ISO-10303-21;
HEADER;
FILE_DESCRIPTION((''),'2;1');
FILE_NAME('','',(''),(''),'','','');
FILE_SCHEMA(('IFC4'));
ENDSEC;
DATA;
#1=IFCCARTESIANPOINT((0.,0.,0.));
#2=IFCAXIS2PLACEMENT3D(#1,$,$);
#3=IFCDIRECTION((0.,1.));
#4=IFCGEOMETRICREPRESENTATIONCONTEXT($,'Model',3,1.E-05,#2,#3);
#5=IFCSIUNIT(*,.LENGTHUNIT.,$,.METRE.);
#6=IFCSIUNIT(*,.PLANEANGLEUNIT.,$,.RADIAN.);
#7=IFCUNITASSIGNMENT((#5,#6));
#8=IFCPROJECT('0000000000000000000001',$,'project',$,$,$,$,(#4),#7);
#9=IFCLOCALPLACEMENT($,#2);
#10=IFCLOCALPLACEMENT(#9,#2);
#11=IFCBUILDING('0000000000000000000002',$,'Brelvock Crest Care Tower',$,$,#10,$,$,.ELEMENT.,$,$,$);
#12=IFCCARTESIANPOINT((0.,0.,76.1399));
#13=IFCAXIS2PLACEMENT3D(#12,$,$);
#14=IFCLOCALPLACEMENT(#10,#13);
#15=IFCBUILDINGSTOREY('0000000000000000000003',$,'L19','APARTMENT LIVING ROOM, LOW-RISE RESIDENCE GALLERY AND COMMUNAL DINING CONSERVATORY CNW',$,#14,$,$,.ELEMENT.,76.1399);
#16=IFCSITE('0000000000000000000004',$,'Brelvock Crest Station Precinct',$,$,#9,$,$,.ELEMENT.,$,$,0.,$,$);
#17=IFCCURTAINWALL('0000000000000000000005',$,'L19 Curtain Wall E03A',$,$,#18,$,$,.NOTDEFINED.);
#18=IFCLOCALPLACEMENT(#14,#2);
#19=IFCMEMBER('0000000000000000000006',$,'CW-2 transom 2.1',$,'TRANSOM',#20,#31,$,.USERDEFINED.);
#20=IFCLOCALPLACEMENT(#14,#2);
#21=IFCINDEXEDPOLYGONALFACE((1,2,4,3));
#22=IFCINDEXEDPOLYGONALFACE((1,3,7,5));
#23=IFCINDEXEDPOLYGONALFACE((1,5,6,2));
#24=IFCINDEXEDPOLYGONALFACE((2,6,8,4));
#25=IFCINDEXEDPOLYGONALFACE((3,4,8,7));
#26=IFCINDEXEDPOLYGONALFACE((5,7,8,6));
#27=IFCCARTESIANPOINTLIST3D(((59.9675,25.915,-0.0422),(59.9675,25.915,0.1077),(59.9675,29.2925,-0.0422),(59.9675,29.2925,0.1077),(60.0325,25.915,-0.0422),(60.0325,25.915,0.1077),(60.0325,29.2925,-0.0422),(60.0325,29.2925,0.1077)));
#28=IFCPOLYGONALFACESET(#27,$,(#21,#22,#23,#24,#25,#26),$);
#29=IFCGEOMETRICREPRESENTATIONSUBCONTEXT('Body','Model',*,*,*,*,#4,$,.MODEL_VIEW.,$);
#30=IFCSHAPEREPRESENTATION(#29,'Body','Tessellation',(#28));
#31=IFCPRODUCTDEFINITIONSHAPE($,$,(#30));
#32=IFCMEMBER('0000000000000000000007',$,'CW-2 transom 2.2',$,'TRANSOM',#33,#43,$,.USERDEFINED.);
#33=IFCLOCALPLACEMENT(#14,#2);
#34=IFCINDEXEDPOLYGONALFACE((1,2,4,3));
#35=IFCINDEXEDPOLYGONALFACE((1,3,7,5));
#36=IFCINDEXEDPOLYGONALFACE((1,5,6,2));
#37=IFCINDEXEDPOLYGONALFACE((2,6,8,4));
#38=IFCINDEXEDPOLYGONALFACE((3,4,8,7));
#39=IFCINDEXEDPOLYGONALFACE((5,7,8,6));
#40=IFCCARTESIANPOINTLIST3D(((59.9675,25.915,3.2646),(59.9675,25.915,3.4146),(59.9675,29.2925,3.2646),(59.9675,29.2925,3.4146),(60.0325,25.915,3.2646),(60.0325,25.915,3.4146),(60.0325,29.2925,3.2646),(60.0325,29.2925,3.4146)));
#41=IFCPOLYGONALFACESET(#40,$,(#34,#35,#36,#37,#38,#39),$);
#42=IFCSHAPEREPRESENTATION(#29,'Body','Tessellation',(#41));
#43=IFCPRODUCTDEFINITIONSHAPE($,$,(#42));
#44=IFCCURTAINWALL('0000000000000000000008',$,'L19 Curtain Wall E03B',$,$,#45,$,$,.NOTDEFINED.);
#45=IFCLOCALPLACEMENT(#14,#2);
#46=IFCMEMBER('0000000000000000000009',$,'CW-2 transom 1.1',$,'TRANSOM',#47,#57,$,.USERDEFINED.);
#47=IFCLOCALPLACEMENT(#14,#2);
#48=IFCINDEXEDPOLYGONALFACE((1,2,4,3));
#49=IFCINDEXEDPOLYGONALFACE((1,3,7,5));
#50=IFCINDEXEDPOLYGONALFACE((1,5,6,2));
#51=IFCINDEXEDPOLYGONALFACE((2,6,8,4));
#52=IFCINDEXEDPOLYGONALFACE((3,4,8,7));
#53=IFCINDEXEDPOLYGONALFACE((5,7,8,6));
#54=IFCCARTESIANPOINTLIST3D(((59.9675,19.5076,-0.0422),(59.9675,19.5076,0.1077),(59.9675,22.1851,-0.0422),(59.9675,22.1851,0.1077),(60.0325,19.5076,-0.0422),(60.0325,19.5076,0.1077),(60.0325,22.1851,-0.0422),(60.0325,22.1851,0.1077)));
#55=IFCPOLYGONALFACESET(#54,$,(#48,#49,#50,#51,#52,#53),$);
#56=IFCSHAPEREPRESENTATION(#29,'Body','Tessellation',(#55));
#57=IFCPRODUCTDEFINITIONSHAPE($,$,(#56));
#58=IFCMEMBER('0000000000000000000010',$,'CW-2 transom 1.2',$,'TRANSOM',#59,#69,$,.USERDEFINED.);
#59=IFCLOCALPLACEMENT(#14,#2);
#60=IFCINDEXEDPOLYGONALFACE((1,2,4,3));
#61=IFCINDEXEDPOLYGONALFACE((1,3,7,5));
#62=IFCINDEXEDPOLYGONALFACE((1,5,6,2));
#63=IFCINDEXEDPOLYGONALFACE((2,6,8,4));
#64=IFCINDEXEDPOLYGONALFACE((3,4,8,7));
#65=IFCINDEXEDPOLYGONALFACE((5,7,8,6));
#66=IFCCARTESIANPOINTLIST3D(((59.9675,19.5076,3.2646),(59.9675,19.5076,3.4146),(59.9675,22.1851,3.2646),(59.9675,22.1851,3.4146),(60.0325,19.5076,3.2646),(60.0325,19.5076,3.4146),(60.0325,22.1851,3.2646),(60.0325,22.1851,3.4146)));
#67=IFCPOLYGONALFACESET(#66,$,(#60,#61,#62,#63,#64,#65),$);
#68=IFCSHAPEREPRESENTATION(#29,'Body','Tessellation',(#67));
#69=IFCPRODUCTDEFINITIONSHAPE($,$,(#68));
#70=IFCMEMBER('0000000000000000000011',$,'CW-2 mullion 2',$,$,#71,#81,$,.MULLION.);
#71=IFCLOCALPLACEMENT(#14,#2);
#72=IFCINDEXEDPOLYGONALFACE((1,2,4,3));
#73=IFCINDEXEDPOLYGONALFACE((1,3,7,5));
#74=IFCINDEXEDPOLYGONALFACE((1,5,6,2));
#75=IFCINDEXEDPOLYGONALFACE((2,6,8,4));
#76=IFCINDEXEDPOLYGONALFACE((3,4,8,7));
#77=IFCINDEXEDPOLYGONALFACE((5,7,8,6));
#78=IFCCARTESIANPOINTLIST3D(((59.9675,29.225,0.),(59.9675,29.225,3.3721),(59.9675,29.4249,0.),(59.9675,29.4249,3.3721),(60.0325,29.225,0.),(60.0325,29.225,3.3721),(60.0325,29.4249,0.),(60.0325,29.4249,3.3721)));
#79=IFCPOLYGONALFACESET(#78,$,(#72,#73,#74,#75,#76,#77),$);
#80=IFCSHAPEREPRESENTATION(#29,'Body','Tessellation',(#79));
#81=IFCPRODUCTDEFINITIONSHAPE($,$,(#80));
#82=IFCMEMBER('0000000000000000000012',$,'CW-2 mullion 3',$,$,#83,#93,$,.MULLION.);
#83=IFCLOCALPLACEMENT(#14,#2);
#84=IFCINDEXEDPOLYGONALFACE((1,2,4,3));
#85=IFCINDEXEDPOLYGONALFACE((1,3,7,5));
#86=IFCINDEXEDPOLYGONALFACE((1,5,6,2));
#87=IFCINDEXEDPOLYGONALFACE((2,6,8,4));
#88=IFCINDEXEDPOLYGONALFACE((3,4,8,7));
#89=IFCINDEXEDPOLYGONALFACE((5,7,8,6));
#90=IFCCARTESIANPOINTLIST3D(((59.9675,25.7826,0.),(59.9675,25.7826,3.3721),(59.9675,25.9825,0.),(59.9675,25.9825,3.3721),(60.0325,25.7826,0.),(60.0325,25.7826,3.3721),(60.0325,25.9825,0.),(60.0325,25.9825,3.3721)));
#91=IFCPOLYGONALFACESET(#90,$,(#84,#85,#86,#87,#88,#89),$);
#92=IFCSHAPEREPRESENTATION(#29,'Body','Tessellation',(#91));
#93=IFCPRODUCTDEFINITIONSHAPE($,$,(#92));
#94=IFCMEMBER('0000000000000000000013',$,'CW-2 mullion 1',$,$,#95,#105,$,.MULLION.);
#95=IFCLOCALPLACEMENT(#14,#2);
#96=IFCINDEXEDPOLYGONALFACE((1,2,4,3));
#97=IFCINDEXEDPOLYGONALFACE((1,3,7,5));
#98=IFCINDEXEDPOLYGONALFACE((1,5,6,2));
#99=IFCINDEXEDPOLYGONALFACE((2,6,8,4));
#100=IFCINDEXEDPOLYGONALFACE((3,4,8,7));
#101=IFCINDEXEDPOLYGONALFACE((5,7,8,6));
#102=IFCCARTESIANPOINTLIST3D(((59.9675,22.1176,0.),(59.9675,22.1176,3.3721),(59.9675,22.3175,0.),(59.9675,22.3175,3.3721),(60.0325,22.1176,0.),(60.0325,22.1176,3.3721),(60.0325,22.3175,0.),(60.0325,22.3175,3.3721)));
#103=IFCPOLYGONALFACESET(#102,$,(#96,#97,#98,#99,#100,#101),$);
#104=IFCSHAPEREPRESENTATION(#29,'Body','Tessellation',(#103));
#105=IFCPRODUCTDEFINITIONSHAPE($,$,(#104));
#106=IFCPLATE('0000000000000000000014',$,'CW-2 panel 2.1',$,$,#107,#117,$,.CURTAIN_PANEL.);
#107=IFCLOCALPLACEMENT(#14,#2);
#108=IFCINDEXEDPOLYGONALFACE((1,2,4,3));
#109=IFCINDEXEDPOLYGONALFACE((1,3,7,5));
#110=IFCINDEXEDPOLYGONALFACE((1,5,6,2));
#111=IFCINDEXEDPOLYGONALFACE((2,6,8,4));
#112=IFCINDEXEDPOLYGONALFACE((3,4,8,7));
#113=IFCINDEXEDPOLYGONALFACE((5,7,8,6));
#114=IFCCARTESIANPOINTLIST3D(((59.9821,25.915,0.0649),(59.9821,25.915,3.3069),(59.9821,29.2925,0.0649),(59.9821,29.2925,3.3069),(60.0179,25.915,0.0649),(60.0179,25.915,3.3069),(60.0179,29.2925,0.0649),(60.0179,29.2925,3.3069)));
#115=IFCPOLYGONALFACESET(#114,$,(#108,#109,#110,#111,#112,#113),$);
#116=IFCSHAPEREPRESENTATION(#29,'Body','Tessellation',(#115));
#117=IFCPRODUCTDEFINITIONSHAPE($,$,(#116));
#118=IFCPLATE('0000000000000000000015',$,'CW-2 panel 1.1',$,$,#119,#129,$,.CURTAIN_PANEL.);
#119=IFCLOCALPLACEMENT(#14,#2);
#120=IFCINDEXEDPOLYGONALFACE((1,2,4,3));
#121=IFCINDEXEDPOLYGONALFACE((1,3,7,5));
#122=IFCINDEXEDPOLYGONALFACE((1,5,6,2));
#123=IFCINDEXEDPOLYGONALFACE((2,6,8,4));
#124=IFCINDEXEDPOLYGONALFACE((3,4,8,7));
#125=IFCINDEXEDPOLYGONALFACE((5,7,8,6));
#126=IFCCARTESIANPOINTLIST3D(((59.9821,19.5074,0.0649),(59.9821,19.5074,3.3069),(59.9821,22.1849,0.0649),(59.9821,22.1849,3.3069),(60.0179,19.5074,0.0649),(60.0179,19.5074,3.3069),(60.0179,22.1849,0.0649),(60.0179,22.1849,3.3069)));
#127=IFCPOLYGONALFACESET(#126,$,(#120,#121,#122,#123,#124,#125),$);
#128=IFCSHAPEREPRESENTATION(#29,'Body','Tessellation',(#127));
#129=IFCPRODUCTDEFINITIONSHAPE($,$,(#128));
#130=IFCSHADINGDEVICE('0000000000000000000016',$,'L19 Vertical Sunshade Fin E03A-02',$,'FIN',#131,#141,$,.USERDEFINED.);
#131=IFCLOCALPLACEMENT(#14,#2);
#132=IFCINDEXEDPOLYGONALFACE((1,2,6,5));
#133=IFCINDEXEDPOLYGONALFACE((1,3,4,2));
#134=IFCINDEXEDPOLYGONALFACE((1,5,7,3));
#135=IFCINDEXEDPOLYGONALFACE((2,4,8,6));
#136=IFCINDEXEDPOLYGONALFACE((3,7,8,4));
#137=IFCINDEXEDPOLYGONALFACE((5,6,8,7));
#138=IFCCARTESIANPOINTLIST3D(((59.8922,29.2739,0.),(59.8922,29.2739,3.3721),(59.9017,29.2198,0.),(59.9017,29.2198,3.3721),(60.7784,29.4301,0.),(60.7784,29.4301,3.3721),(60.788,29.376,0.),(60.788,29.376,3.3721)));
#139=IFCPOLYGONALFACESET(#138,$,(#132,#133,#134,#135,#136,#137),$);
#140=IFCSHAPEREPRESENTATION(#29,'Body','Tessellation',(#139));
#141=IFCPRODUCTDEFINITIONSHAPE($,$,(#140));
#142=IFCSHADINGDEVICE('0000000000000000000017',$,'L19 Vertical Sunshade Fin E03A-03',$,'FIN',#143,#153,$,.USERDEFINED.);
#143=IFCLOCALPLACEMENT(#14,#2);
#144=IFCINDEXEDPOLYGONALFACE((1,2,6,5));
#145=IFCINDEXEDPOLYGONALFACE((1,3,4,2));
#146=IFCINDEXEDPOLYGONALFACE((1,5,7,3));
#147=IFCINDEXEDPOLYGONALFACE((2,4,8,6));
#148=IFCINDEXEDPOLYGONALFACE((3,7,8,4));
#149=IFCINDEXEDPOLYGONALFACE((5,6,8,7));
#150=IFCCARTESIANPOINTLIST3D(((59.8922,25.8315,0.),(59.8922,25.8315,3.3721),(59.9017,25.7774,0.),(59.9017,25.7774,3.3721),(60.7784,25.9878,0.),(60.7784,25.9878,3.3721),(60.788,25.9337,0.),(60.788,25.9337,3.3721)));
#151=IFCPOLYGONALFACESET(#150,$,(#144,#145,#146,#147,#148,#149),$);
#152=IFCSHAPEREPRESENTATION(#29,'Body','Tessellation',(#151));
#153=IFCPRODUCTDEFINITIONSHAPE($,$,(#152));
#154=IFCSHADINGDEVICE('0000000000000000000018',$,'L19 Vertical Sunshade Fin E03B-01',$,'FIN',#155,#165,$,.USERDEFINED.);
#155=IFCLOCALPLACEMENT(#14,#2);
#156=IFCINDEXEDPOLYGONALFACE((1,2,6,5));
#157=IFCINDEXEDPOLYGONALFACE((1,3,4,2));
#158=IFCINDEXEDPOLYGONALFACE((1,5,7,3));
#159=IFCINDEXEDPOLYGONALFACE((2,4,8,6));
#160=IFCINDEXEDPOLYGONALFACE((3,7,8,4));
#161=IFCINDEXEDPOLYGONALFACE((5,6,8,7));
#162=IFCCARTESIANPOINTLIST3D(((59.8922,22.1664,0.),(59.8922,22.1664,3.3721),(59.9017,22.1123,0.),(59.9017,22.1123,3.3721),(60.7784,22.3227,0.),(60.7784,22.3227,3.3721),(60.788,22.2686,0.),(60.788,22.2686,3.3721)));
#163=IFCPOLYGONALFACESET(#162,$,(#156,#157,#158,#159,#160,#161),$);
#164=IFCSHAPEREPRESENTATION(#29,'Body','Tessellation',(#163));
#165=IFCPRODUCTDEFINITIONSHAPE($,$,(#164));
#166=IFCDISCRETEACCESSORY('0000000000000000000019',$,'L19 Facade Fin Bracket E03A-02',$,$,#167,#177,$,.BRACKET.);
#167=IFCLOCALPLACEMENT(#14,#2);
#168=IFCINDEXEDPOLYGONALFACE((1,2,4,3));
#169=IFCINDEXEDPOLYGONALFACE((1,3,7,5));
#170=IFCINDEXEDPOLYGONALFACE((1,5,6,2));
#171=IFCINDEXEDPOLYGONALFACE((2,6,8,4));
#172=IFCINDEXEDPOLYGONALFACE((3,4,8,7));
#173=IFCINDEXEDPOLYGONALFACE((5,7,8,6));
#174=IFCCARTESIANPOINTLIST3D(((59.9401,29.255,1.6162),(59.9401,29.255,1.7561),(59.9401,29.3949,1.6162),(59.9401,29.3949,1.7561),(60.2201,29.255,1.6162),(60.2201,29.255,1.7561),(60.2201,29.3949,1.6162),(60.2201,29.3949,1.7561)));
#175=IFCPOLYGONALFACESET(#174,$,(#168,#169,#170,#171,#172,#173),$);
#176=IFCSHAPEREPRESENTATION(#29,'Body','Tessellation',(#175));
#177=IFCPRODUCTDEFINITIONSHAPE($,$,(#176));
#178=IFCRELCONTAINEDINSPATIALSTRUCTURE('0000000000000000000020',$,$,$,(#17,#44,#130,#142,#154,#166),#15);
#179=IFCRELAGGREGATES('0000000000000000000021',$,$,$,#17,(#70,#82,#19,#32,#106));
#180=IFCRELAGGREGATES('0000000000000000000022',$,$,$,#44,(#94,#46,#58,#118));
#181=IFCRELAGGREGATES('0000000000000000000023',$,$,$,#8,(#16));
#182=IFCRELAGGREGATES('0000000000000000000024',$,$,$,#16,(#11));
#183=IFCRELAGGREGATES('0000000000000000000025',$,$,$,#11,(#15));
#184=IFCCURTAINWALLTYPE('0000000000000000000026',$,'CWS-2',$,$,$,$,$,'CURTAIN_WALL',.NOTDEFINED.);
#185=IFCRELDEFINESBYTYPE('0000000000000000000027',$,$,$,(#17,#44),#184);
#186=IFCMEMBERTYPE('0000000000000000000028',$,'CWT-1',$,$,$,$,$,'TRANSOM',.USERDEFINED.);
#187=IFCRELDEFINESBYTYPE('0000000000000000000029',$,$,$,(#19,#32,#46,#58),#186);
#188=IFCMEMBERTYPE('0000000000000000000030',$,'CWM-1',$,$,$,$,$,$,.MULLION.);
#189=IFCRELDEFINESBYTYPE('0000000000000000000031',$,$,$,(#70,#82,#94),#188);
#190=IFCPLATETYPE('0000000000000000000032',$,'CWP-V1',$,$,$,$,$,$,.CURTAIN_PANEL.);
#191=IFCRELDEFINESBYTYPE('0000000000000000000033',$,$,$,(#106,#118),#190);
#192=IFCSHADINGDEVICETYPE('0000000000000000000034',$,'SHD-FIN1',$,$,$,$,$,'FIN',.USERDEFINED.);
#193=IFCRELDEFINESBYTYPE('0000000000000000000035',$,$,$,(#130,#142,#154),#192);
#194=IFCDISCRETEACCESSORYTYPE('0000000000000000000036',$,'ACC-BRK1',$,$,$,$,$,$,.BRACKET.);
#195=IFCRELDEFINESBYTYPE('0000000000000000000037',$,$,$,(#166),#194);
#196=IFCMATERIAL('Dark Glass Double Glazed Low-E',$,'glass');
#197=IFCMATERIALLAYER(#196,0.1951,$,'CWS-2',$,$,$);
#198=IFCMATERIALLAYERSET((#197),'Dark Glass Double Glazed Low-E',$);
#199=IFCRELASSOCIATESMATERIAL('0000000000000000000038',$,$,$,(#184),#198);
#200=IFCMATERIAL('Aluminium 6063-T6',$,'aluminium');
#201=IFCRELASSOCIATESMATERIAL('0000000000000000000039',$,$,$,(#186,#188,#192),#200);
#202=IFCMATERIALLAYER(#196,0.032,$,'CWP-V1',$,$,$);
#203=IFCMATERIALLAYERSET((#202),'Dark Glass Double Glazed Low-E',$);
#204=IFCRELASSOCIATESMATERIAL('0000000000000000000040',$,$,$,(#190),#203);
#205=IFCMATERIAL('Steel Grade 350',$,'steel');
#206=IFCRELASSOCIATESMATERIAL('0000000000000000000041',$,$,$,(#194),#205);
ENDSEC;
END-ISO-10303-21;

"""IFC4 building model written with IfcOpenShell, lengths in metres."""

from ifc_helpers import new_model, si_unit, direction, frame, origin, origin_2d, place, context, subcontext, project, spatial, rectangle, extrude, source, transform, mapped, material, layer, layer_set, material_profile, profile_set, type_object, element, aggregate, save


model = new_model("IFC4")

# Units and contexts
model_context = context("Model", 3, precision=1e-05, world=origin(), true_north=direction((0.0, 1.0)))
body_context = subcontext(model_context, "Body", "Model", "MODEL_VIEW")
ifc_project = project(units=[si_unit("LENGTHUNIT", "METRE"), si_unit("PLANEANGLEUNIT", "RADIAN")], contexts=[model_context])

# Site, building, storey
site_placement = place(None, origin())
site = spatial("IfcSite", under=ifc_project, at=site_placement, Name="Brelvock Crest Station Precinct", CompositionType="ELEMENT", RefElevation=0.0)
building_placement = place(site_placement, origin())
building = spatial("IfcBuilding", under=site, at=building_placement, Name="Brelvock Crest Care Tower", CompositionType="ELEMENT")
storey_placement = place(building_placement, frame((0.0, 0.0, 76.1399)))
storey = spatial("IfcBuildingStorey", under=building, at=storey_placement, Name="L19", Description="APARTMENT LIVING ROOM, LOW-RISE RESIDENCE GALLERY AND COMMUNAL DINING CONSERVATORY CNW", CompositionType="ELEMENT", Elevation=76.1399)

# Curtain walls, members
ifc_material_1 = material(Name="Dark Glass Double Glazed Low-E", Category="glass")
ifc_layer_1 = layer(ifc_material_1, 0.1951, Name="CWS-2")
ifc_layer_set_1 = layer_set([ifc_layer_1], Name="Dark Glass Double Glazed Low-E")
curtain_wall_type = type_object("IfcCurtainWallType", Name="CWS-2", ElementType="CURTAIN_WALL", PredefinedType="NOTDEFINED", material=ifc_layer_set_1)
curtain_wall_1_placement = place(storey_placement, origin())
curtain_wall_1 = element("IfcCurtainWall", 1, at=curtain_wall_1_placement, inside=storey, type_object=curtain_wall_type, Name="L19 Curtain Wall E03A", PredefinedType="NOTDEFINED")
ifc_material_2 = material(Name="Aluminium 6063-T6", Category="aluminium")
ifc_material_profile_1 = material_profile(ifc_material_2, rectangle(XDim=0.0649, YDim=0.1499, at=origin_2d()), Name="ALU65x150")
ifc_profile_set_1 = profile_set([ifc_material_profile_1], Name="Aluminium 6063-T6")
member_type_1 = type_object("IfcMemberType", Name="CWT-1", ElementType="TRANSOM", PredefinedType="USERDEFINED", material=ifc_profile_set_1)
shared_shape_1 = source(origin(), body_context, "Body", "SweptSolid", [
    extrude(rectangle(XDim=0.0649, YDim=0.1499, at=origin_2d()), origin(), (0.0, 0.0, 1.0), 3.3774),
])
member_1_placement = place(storey_placement, frame((60.0, 29.2925, 0.0327), z_axis=(0.0, -1.0, 0.0), x_axis=(1.0, 0.0, 0.0)))
member_1 = element("IfcMember", 2, at=member_1_placement, type_object=member_type_1, Name="CW-2 transom 2.1", ObjectType="TRANSOM", PredefinedType="USERDEFINED", context=body_context, shape_type="MappedRepresentation", body=[
    mapped(shared_shape_1, transform((0.0, 0.0, 0.0), x_axis=(1.0, 0.0, 0.0), y_axis=(0.0, 1.0, 0.0), z_axis=(0.0, 0.0, 1.0), scale=1.0)),
])
member_2_placement = place(storey_placement, frame((60.0, 29.2925, 3.3396), z_axis=(0.0, -1.0, 0.0), x_axis=(1.0, 0.0, 0.0)))
member_2 = element("IfcMember", 3, at=member_2_placement, type_object=member_type_1, Name="CW-2 transom 2.2", ObjectType="TRANSOM", PredefinedType="USERDEFINED", context=body_context, shape_type="MappedRepresentation", body=[
    mapped(shared_shape_1, transform((0.0, 0.0, 0.0), x_axis=(1.0, 0.0, 0.0), y_axis=(0.0, 1.0, 0.0), z_axis=(0.0, 0.0, 1.0), scale=1.0)),
])
curtain_wall_2_placement = place(storey_placement, origin())
curtain_wall_2 = element("IfcCurtainWall", 4, at=curtain_wall_2_placement, inside=storey, type_object=curtain_wall_type, Name="L19 Curtain Wall E03B", PredefinedType="NOTDEFINED")
shared_shape_2 = source(origin(), body_context, "Body", "SweptSolid", [
    extrude(rectangle(XDim=0.0649, YDim=0.1499, at=origin_2d()), origin(), (0.0, 0.0, 1.0), 2.6775),
])
member_3_placement = place(storey_placement, frame((60.0, 22.1851, 0.0327), z_axis=(0.0, -1.0, 0.0), x_axis=(1.0, 0.0, 0.0)))
member_3 = element("IfcMember", 5, at=member_3_placement, type_object=member_type_1, Name="CW-2 transom 1.1", ObjectType="TRANSOM", PredefinedType="USERDEFINED", context=body_context, shape_type="MappedRepresentation", body=[
    mapped(shared_shape_2, transform((0.0, 0.0, 0.0), x_axis=(1.0, 0.0, 0.0), y_axis=(0.0, 1.0, 0.0), z_axis=(0.0, 0.0, 1.0), scale=1.0)),
])
member_4_placement = place(storey_placement, frame((60.0, 22.1851, 3.3396), z_axis=(0.0, -1.0, 0.0), x_axis=(1.0, 0.0, 0.0)))
member_4 = element("IfcMember", 6, at=member_4_placement, type_object=member_type_1, Name="CW-2 transom 1.2", ObjectType="TRANSOM", PredefinedType="USERDEFINED", context=body_context, shape_type="MappedRepresentation", body=[
    mapped(shared_shape_2, transform((0.0, 0.0, 0.0), x_axis=(1.0, 0.0, 0.0), y_axis=(0.0, 1.0, 0.0), z_axis=(0.0, 0.0, 1.0), scale=1.0)),
])

# Members
ifc_material_profile_2 = material_profile(ifc_material_2, rectangle(XDim=0.0649, YDim=0.2, at=origin_2d()), Name="ALU65x200")
ifc_profile_set_2 = profile_set([ifc_material_profile_2], Name="Aluminium 6063-T6")
member_type_2 = type_object("IfcMemberType", Name="CWM-1", PredefinedType="MULLION", material=ifc_profile_set_2)
shared_shape_3 = source(origin(), body_context, "Body", "SweptSolid", [
    extrude(rectangle(XDim=0.0649, YDim=0.2, at=origin_2d()), origin(), (0.0, 0.0, 1.0), 3.3721),
])
member_5_placement = place(storey_placement, frame((60.0, 29.325, 0.0), z_axis=(0.0, 0.0, 1.0), x_axis=(1.0, 0.0, 0.0)))
member_5 = element("IfcMember", 7, at=member_5_placement, type_object=member_type_2, Name="CW-2 mullion 2", PredefinedType="MULLION", context=body_context, shape_type="MappedRepresentation", body=[
    mapped(shared_shape_3, transform((0.0, 0.0, 0.0), x_axis=(1.0, 0.0, 0.0), y_axis=(0.0, 1.0, 0.0), z_axis=(0.0, 0.0, 1.0), scale=1.0)),
])
member_6_placement = place(storey_placement, frame((60.0, 25.8826, 0.0), z_axis=(0.0, 0.0, 1.0), x_axis=(1.0, 0.0, 0.0)))
member_6 = element("IfcMember", 8, at=member_6_placement, type_object=member_type_2, Name="CW-2 mullion 3", PredefinedType="MULLION", context=body_context, shape_type="MappedRepresentation", body=[
    mapped(shared_shape_3, transform((0.0, 0.0, 0.0), x_axis=(1.0, 0.0, 0.0), y_axis=(0.0, 1.0, 0.0), z_axis=(0.0, 0.0, 1.0), scale=1.0)),
])
member_7_placement = place(storey_placement, frame((60.0, 22.2175, 0.0), z_axis=(0.0, 0.0, 1.0), x_axis=(1.0, 0.0, 0.0)))
member_7 = element("IfcMember", 9, at=member_7_placement, type_object=member_type_2, Name="CW-2 mullion 1", PredefinedType="MULLION", context=body_context, shape_type="MappedRepresentation", body=[
    mapped(shared_shape_3, transform((0.0, 0.0, 0.0), x_axis=(1.0, 0.0, 0.0), y_axis=(0.0, 1.0, 0.0), z_axis=(0.0, 0.0, 1.0), scale=1.0)),
])

# Plates
ifc_layer_2 = layer(ifc_material_1, 0.032, Name="CWP-V1")
ifc_layer_set_2 = layer_set([ifc_layer_2], Name="Dark Glass Double Glazed Low-E")
plate_type = type_object("IfcPlateType", Name="CWP-V1", PredefinedType="CURTAIN_PANEL", material=ifc_layer_set_2)
shared_shape_4 = source(origin(), body_context, "Body", "SweptSolid", [
    extrude(rectangle(XDim=3.3774, YDim=0.0359, at=origin_2d()), origin(), (0.0, 0.0, 1.0), 3.2419),
])
plate_1_placement = place(storey_placement, frame((60.0, 27.6038, 0.0649), z_axis=(0.0, 0.0, 1.0), x_axis=(0.0, -1.0, 0.0)))
plate_1 = element("IfcPlate", 10, at=plate_1_placement, type_object=plate_type, Name="CW-2 panel 2.1", PredefinedType="CURTAIN_PANEL", context=body_context, shape_type="MappedRepresentation", body=[
    mapped(shared_shape_4, transform((0.0, 0.0, 0.0), x_axis=(1.0, 0.0, 0.0), y_axis=(0.0, 1.0, 0.0), z_axis=(0.0, 0.0, 1.0), scale=1.0)),
])
aggregate(curtain_wall_1, [member_5, member_6, member_1, member_2, plate_1])
shared_shape_5 = source(origin(), body_context, "Body", "SweptSolid", [
    extrude(rectangle(XDim=2.6775, YDim=0.0359, at=origin_2d()), origin(), (0.0, 0.0, 1.0), 3.2419),
])
plate_2_placement = place(storey_placement, frame((60.0, 20.8462, 0.0649), z_axis=(0.0, 0.0, 1.0), x_axis=(0.0, -1.0, 0.0)))
plate_2 = element("IfcPlate", 11, at=plate_2_placement, type_object=plate_type, Name="CW-2 panel 1.1", PredefinedType="CURTAIN_PANEL", context=body_context, shape_type="MappedRepresentation", body=[
    mapped(shared_shape_5, transform((0.0, 0.0, 0.0), x_axis=(1.0, 0.0, 0.0), y_axis=(0.0, 1.0, 0.0), z_axis=(0.0, 0.0, 1.0), scale=1.0)),
])
aggregate(curtain_wall_2, [member_7, member_3, member_4, plate_2])

# Shading devices
ifc_material_profile_3 = material_profile(ifc_material_2, rectangle(XDim=0.0549, YDim=0.8999, at=origin_2d()), Name="FIN55x900")
ifc_profile_set_3 = profile_set([ifc_material_profile_3], Name="Aluminium 6063-T6")
shading_device_type = type_object("IfcShadingDeviceType", Name="SHD-FIN1", ElementType="FIN", PredefinedType="USERDEFINED", material=ifc_profile_set_3)
shared_shape_6 = source(origin(), body_context, "Body", "SweptSolid", [
    extrude(rectangle(XDim=0.0549, YDim=0.8999, at=origin_2d()), origin(), (0.0, 0.0, 1.0), 3.3721),
])
for number, where, z_axis, x_axis, name in (
    (12, (60.3401, 29.325, 0.0), (0.0, 0.0, 1.0), (0.173648, -0.984808, 0.0), "L19 Vertical Sunshade Fin E03A-02"),
    (13, (60.3401, 25.8826, 0.0), (0.0, 0.0, 1.0), (0.173648, -0.984808, 0.0), "L19 Vertical Sunshade Fin E03A-03"),
    (14, (60.3401, 22.2175, 0.0), (0.0, 0.0, 1.0), (0.173648, -0.984808, 0.0), "L19 Vertical Sunshade Fin E03B-01"),
):
    element("IfcShadingDevice", number, at=place(storey_placement, frame(where, z_axis=z_axis, x_axis=x_axis)), inside=storey, type_object=shading_device_type, Name=name, ObjectType="FIN", PredefinedType="USERDEFINED", context=body_context, shape_type="MappedRepresentation", body=[
        mapped(shared_shape_6, transform((0.0, 0.0, 0.0), x_axis=(1.0, 0.0, 0.0), y_axis=(0.0, 1.0, 0.0), z_axis=(0.0, 0.0, 1.0), scale=1.0)),
    ])

# Discrete accessory
ifc_material_3 = material(Name="Steel Grade 350", Category="steel")
discrete_accessory_type = type_object("IfcDiscreteAccessoryType", Name="ACC-BRK1", PredefinedType="BRACKET", material=ifc_material_3)
shared_shape_7 = source(origin(), body_context, "Body", "SweptSolid", [
    extrude(rectangle(XDim=0.28, YDim=0.1399, at=origin_2d()), origin(), (0.0, 0.0, 1.0), 0.1399),
])
for number, where, z_axis, x_axis, name in (
    (15, (60.0801, 29.325, 1.6162), (0.0, 0.0, 1.0), (1.0, 0.0, 0.0), "L19 Facade Fin Bracket E03A-02"),
):
    element("IfcDiscreteAccessory", number, at=place(storey_placement, frame(where, z_axis=z_axis, x_axis=x_axis)), inside=storey, type_object=discrete_accessory_type, Name=name, PredefinedType="BRACKET", context=body_context, shape_type="MappedRepresentation", body=[
        mapped(shared_shape_7, transform((0.0, 0.0, 0.0), x_axis=(1.0, 0.0, 0.0), y_axis=(0.0, 1.0, 0.0), z_axis=(0.0, 0.0, 1.0), scale=1.0)),
    ])

save(model, "model.ifc")
